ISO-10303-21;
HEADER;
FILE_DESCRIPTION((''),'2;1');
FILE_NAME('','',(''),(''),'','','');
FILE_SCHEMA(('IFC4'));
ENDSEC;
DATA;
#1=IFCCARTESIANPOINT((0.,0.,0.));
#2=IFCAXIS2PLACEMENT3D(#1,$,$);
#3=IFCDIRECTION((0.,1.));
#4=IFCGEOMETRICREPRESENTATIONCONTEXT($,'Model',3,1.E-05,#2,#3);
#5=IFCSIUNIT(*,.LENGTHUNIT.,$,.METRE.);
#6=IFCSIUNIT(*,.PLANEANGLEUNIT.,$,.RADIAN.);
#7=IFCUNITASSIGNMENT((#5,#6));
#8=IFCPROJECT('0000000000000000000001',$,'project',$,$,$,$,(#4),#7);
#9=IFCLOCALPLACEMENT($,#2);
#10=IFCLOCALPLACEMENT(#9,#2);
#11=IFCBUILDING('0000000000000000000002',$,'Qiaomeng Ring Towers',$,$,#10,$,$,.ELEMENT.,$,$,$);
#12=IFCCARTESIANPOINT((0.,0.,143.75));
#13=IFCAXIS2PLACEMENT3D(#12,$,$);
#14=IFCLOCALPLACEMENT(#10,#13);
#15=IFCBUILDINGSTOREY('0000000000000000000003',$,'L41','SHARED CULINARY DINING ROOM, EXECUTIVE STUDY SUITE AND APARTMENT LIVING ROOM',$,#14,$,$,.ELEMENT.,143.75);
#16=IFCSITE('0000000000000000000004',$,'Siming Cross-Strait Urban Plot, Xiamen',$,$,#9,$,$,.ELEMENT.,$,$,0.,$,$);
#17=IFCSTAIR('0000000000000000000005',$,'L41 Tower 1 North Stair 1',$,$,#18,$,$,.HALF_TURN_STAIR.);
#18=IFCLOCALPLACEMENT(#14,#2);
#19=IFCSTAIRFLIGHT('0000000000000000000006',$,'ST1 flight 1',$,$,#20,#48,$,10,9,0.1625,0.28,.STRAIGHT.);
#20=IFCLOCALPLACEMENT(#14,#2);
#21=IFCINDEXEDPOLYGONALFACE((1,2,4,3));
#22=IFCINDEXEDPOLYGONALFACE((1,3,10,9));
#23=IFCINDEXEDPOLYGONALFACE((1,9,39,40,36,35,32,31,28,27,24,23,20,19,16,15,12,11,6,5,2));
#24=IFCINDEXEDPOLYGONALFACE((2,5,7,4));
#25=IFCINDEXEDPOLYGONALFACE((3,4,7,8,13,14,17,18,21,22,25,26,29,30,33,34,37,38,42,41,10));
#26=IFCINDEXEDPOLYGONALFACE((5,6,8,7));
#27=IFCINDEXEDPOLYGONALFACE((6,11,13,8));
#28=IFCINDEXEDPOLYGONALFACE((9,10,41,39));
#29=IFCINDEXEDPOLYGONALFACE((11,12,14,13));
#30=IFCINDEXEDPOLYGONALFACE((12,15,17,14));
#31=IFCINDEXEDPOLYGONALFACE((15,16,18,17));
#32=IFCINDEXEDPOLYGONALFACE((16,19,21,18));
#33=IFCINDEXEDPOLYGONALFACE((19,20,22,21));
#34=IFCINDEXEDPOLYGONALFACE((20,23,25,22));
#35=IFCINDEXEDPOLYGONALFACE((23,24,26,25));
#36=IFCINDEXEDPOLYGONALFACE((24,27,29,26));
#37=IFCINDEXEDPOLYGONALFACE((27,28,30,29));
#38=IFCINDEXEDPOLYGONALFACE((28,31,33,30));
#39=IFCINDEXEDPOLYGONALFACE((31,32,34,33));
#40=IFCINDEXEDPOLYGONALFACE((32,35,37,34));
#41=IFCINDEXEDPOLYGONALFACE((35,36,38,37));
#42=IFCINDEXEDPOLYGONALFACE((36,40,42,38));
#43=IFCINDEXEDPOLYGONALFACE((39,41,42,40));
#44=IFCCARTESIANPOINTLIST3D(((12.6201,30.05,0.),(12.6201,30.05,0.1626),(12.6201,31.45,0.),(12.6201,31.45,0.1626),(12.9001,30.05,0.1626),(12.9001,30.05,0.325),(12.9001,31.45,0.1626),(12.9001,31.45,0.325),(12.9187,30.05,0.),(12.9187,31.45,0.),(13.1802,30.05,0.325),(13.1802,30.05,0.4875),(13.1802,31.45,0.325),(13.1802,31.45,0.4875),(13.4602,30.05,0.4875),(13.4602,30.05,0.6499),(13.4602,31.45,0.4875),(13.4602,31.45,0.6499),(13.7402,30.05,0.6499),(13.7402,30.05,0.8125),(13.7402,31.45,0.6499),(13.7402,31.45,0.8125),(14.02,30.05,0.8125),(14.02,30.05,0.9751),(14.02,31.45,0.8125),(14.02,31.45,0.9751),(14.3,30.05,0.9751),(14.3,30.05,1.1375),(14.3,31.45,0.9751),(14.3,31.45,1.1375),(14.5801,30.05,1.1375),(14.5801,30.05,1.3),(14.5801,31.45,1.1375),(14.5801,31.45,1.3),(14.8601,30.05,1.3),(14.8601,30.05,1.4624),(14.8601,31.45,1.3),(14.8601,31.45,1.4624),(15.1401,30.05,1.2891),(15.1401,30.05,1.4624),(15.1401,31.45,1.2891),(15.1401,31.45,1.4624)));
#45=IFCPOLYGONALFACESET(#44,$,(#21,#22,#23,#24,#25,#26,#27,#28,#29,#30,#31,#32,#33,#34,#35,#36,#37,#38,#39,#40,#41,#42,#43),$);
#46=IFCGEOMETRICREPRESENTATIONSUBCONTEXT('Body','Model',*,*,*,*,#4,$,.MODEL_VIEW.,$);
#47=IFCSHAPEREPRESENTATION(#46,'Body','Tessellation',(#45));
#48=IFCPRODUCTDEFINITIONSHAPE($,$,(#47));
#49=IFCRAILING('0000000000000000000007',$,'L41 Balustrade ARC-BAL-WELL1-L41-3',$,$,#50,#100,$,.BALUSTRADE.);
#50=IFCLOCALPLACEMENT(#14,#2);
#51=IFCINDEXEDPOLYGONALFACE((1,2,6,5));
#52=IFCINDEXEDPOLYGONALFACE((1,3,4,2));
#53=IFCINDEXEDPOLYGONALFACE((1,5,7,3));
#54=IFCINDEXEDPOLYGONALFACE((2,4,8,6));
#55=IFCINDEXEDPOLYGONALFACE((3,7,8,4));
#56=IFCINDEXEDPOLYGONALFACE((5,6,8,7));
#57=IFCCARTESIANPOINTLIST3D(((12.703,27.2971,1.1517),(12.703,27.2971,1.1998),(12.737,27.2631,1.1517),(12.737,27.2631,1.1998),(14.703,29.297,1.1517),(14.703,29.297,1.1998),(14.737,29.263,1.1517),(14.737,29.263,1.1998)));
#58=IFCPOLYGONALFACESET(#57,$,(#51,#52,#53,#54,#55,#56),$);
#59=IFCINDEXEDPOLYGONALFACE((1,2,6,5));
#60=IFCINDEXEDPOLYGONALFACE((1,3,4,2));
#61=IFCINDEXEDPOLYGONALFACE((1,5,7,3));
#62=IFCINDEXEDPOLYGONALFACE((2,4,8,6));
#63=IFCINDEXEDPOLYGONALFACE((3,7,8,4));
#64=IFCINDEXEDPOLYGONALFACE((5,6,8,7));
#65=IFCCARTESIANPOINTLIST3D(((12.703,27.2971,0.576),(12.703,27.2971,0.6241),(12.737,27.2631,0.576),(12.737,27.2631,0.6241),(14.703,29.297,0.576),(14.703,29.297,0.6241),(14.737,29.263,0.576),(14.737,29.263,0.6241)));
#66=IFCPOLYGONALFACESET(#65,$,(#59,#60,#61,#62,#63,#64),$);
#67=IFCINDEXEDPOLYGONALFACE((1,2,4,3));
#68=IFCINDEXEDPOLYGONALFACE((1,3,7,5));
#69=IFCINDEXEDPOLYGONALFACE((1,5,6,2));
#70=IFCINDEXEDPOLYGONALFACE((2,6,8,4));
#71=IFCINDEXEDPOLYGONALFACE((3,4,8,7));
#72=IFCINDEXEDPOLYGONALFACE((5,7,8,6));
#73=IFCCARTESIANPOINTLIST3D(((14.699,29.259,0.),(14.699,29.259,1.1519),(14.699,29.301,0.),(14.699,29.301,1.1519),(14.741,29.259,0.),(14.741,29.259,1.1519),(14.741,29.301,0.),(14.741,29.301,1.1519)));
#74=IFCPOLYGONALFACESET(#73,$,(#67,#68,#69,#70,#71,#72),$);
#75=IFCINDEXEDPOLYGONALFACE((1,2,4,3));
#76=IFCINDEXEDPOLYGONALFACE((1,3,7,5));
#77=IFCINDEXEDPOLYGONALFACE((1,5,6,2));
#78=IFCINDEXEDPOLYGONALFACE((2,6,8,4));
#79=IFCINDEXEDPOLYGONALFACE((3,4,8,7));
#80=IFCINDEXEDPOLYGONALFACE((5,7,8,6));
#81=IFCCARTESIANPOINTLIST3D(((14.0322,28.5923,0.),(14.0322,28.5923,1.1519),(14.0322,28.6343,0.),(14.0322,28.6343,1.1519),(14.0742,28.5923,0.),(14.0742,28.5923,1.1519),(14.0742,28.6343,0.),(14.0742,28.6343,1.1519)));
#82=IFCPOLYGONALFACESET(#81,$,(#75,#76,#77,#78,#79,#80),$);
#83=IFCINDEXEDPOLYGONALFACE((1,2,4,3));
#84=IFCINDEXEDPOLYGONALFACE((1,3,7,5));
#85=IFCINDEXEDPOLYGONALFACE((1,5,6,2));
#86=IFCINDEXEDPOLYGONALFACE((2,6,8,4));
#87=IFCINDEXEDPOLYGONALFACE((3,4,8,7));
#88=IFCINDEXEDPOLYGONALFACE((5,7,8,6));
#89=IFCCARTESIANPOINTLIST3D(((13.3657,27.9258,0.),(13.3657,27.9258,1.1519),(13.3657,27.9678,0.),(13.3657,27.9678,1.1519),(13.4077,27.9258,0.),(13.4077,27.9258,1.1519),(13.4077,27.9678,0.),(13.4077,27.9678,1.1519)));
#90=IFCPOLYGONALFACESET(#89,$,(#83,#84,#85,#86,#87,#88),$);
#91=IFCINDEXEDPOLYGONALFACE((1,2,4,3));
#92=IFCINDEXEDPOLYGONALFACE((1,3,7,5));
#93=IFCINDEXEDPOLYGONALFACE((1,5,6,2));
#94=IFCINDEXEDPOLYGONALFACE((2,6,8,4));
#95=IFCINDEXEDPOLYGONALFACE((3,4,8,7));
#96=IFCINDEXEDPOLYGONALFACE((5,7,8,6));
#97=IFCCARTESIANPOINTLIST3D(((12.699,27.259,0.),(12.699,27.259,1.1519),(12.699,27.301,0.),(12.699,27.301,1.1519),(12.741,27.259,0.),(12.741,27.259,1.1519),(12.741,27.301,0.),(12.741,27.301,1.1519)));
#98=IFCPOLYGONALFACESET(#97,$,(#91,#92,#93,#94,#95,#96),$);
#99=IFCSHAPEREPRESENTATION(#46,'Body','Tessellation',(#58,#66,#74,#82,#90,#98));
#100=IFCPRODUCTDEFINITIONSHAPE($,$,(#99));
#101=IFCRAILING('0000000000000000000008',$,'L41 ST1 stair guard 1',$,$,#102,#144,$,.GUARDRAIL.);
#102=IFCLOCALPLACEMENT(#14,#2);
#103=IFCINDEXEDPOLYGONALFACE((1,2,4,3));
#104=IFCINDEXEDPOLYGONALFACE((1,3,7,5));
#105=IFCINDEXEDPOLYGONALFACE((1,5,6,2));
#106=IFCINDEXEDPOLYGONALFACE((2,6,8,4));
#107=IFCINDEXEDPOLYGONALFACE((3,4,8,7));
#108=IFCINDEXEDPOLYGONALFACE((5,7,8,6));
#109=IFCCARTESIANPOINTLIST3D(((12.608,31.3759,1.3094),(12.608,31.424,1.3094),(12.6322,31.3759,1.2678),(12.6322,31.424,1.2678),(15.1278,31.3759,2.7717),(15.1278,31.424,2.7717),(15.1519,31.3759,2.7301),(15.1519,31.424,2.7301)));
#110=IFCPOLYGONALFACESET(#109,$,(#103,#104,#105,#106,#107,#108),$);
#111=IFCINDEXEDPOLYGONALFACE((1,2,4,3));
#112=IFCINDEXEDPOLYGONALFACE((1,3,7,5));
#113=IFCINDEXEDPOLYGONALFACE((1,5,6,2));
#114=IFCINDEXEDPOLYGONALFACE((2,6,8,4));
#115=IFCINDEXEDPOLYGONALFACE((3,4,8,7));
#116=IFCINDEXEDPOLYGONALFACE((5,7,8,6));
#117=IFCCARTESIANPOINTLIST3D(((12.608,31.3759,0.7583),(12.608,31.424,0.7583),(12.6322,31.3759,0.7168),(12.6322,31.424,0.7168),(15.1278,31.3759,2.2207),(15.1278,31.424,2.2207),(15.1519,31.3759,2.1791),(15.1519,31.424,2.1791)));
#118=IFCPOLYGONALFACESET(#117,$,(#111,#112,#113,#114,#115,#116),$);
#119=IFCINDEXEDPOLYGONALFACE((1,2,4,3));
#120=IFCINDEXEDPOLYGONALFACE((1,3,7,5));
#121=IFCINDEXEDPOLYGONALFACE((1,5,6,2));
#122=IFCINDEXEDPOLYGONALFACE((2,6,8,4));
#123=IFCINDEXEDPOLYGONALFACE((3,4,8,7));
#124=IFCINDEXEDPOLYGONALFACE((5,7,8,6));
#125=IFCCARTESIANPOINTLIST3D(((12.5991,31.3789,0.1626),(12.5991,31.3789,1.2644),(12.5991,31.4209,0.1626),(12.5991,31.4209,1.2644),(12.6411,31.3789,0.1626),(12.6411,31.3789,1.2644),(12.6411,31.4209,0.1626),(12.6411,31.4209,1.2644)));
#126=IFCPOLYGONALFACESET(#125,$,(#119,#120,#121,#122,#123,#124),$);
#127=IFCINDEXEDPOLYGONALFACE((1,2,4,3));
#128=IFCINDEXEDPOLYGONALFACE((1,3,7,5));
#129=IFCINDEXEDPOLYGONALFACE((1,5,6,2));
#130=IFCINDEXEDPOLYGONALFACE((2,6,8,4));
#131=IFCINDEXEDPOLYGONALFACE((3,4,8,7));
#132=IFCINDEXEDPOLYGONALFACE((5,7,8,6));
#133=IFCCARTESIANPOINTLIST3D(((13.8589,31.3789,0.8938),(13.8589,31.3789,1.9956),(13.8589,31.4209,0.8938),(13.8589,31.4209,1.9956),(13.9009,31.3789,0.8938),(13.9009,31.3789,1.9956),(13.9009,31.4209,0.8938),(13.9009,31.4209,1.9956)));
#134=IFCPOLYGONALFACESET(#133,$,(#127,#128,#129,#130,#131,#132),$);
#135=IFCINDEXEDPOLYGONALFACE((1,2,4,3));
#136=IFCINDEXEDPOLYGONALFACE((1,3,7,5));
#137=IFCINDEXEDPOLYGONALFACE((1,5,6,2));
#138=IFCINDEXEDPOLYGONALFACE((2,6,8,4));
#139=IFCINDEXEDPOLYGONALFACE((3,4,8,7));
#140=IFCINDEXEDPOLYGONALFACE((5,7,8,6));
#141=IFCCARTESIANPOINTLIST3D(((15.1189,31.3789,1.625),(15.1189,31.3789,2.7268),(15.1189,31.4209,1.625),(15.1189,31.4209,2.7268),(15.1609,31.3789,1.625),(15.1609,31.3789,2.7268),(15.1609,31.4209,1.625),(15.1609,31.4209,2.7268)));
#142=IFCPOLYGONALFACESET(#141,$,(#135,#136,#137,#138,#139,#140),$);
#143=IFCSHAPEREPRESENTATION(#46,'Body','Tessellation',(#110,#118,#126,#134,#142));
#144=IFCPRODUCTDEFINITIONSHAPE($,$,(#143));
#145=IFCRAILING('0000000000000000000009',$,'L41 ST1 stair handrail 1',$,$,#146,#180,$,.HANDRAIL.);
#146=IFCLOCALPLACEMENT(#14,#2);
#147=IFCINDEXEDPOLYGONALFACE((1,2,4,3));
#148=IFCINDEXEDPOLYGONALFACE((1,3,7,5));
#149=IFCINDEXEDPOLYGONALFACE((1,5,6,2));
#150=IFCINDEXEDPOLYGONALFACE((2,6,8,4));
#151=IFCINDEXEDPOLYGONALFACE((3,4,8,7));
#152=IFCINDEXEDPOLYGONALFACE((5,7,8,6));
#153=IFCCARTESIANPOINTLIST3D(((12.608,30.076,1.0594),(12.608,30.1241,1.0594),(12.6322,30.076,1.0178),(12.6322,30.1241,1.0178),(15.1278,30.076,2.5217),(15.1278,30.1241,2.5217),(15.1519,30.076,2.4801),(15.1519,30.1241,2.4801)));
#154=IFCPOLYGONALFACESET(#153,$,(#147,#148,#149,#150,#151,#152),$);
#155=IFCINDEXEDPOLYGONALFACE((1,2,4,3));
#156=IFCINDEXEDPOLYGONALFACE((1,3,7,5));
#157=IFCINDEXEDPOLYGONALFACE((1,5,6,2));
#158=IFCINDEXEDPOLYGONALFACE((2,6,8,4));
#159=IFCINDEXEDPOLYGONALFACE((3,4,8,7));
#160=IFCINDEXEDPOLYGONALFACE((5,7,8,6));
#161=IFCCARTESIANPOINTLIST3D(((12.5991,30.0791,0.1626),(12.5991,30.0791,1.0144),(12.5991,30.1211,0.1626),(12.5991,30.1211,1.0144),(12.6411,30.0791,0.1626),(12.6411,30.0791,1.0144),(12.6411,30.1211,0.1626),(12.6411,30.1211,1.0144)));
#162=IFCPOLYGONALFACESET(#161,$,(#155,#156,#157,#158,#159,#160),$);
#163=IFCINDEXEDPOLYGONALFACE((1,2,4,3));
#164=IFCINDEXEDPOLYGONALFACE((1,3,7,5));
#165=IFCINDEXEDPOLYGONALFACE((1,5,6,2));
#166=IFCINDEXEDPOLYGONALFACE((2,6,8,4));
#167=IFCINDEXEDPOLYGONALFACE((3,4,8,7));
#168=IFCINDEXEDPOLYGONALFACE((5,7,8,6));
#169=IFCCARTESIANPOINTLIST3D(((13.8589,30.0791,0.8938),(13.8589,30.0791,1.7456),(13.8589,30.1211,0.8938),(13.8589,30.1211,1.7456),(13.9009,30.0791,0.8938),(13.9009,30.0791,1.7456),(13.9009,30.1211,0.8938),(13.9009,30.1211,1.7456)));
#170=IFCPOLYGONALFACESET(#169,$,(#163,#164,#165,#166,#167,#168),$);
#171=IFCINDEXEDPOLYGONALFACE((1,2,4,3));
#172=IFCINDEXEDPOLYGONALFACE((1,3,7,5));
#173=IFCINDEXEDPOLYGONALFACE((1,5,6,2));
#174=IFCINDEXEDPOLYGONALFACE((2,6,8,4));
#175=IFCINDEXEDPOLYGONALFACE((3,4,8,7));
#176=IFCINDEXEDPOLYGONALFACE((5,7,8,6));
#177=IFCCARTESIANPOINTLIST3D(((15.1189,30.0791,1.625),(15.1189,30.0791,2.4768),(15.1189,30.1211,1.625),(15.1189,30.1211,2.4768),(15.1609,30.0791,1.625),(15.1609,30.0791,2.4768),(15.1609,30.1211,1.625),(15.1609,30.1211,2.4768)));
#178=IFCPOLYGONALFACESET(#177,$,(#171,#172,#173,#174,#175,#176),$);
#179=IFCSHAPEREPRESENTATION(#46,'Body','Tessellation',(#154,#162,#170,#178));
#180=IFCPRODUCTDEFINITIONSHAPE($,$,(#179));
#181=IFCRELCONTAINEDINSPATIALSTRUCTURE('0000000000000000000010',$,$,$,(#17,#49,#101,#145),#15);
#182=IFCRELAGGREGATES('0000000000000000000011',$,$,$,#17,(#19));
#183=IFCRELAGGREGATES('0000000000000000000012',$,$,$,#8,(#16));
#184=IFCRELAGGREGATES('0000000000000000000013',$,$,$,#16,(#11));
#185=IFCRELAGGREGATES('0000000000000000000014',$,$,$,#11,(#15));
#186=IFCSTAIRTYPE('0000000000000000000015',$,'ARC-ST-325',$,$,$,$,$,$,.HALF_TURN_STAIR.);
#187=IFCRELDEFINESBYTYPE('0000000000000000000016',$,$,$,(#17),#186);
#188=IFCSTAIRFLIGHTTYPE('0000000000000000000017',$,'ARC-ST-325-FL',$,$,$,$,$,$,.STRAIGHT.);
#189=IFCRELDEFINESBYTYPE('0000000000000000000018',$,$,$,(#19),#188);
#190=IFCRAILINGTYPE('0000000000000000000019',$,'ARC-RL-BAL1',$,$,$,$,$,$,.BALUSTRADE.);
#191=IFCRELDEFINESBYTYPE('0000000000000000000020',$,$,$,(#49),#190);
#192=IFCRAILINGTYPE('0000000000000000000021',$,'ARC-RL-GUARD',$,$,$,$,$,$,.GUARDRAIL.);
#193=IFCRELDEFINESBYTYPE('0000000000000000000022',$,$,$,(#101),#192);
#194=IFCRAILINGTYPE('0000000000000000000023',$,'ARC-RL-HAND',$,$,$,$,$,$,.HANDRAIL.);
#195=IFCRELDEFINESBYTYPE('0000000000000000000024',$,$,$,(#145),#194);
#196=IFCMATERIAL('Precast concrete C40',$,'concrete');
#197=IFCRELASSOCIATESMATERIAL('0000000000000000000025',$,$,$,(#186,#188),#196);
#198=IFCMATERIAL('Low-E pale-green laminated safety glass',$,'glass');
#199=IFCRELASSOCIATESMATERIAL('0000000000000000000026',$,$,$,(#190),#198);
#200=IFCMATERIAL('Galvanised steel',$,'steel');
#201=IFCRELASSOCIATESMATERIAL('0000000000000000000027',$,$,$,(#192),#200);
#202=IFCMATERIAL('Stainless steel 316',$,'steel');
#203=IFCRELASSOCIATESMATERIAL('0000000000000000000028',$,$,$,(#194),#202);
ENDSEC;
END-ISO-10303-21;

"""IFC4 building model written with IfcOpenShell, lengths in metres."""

from ifc_helpers import new_model, si_unit, direction, frame, origin, origin_2d, place, context, subcontext, project, spatial, polyline, rectangle, outline, extrude, source, transform, mapped, material, type_object, element, aggregate, save


model = new_model("IFC4")

# Units and contexts
model_context = context("Model", 3, precision=1e-05, world=origin(), true_north=direction((0.0, 1.0)))
body_context = subcontext(model_context, "Body", "Model", "MODEL_VIEW")
ifc_project = project(units=[si_unit("LENGTHUNIT", "METRE"), si_unit("PLANEANGLEUNIT", "RADIAN")], contexts=[model_context])

# Site, building, storey
site_placement = place(None, origin())
site = spatial("IfcSite", under=ifc_project, at=site_placement, Name="Siming Cross-Strait Urban Plot, Xiamen", CompositionType="ELEMENT", RefElevation=0.0)
building_placement = place(site_placement, origin())
building = spatial("IfcBuilding", under=site, at=building_placement, Name="Qiaomeng Ring Towers", CompositionType="ELEMENT")
storey_placement = place(building_placement, frame((0.0, 0.0, 143.75)))
storey = spatial("IfcBuildingStorey", under=building, at=storey_placement, Name="L41", Description="SHARED CULINARY DINING ROOM, EXECUTIVE STUDY SUITE AND APARTMENT LIVING ROOM", CompositionType="ELEMENT", Elevation=143.75)

# Stair, stair flight
ifc_material_1 = material(Name="Precast concrete C40", Category="concrete")
stair_type = type_object("IfcStairType", Name="ARC-ST-325", PredefinedType="HALF_TURN_STAIR", material=ifc_material_1)
stair_placement = place(storey_placement, origin())
stair = element("IfcStair", 1, at=stair_placement, inside=storey, type_object=stair_type, Name="L41 Tower 1 North Stair 1", PredefinedType="HALF_TURN_STAIR")
stair_flight_type = type_object("IfcStairFlightType", Name="ARC-ST-325-FL", PredefinedType="STRAIGHT", material=ifc_material_1)
shared_shape_1 = source(origin(), body_context, "Body", "SweptSolid", [
    extrude(outline(polyline([(0.0, 0.0), (0.0, 0.1626), (0.28, 0.1626), (0.28, 0.325), (0.5601, 0.325), (0.5601, 0.4875), (0.8401, 0.4875), (0.8401, 0.6499), (1.1201, 0.6499), (1.1201, 0.8125), (1.3999, 0.8125), (1.3999, 0.9751), (1.6799, 0.9751), (1.6799, 1.1375), (1.96, 1.1375), (1.96, 1.3), (2.24, 1.3), (2.24, 1.4624), (2.52, 1.4624), (2.52, 1.625), (2.52, 1.2891), (0.2986, 0.0), (0.0, 0.0)])), frame((0.0, 0.7, 0.0), z_axis=(0.0, -1.0, 0.0), x_axis=(1.0, 0.0, 0.0)), (0.0, 0.0, 1.0), 1.3999),
])
stair_flight_placement = place(storey_placement, frame((12.6201, 30.75, 0.0), z_axis=(0.0, 0.0, 1.0), x_axis=(1.0, 0.0, 0.0)))
stair_flight = element("IfcStairFlight", 2, at=stair_flight_placement, type_object=stair_flight_type, Name="ST1 flight 1", NumberOfRisers=10, NumberOfTreads=9, PredefinedType="STRAIGHT", RiserHeight=0.1625, TreadLength=0.28, context=body_context, shape_type="MappedRepresentation", body=[
    mapped(shared_shape_1, transform((0.0, 0.0, 0.0), x_axis=(1.0, 0.0, 0.0), y_axis=(0.0, 1.0, 0.0), z_axis=(0.0, 0.0, 1.0), scale=1.0)),
])
aggregate(stair, [stair_flight])

# Railings
ifc_material_2 = material(Name="Low-E pale-green laminated safety glass", Category="glass")
railing_type_1 = type_object("IfcRailingType", Name="ARC-RL-BAL1", PredefinedType="BALUSTRADE", material=ifc_material_2)
railing_1_placement = place(storey_placement, frame((14.72, 29.28, 0.0)))
element("IfcRailing", 3, at=railing_1_placement, inside=storey, type_object=railing_type_1, Name="L41 Balustrade ARC-BAL-WELL1-L41-3", PredefinedType="BALUSTRADE", context=body_context, shape_type="SweptSolid", body=[
    extrude(rectangle(XDim=0.0481, YDim=0.0481, at=origin_2d()), frame((0.0, 0.0, 1.1758), z_axis=(-0.707107, -0.707107, 0.0), x_axis=(0.707107, -0.707107, 0.0)), (0.0, 0.0, 1.0), 2.8284),
    extrude(rectangle(XDim=0.0481, YDim=0.0481, at=origin_2d()), frame((0.0, 0.0, 0.6001), z_axis=(-0.707107, -0.707107, 0.0), x_axis=(0.707107, -0.707107, 0.0)), (0.0, 0.0, 1.0), 2.8284),
    extrude(rectangle(XDim=0.042, YDim=0.042, at=origin_2d()), origin(), (0.0, 0.0, 1.0), 1.1519),
    extrude(rectangle(XDim=0.042, YDim=0.042, at=origin_2d()), frame((-0.6667, -0.6667, 0.0)), (0.0, 0.0, 1.0), 1.1519),
    extrude(rectangle(XDim=0.042, YDim=0.042, at=origin_2d()), frame((-1.3333, -1.3333, 0.0)), (0.0, 0.0, 1.0), 1.1519),
    extrude(rectangle(XDim=0.042, YDim=0.042, at=origin_2d()), frame((-2.0, -2.0, 0.0)), (0.0, 0.0, 1.0), 1.1519),
])
ifc_material_3 = material(Name="Galvanised steel", Category="steel")
railing_type_2 = type_object("IfcRailingType", Name="ARC-RL-GUARD", PredefinedType="GUARDRAIL", material=ifc_material_3)
railing_2_placement = place(storey_placement, frame((12.6201, 31.3999, 0.1626)))
element("IfcRailing", 4, at=railing_2_placement, inside=storey, type_object=railing_type_2, Name="L41 ST1 stair guard 1", PredefinedType="GUARDRAIL", context=body_context, shape_type="SweptSolid", body=[
    extrude(rectangle(XDim=0.0481, YDim=0.0481, at=origin_2d()), frame((0.0, 0.0, 1.126), z_axis=(0.864892, 0.0, 0.501958), x_axis=(0.0, 1.0, 0.0)), (0.0, 0.0, 1.0), 2.9133),
    extrude(rectangle(XDim=0.0481, YDim=0.0481, at=origin_2d()), frame((0.0, 0.0, 0.575), z_axis=(0.864892, 0.0, 0.501958), x_axis=(0.0, 1.0, 0.0)), (0.0, 0.0, 1.0), 2.9133),
    extrude(rectangle(XDim=0.042, YDim=0.042, at=origin_2d()), origin(), (0.0, 0.0, 1.0), 1.1018),
    extrude(rectangle(XDim=0.042, YDim=0.042, at=origin_2d()), frame((1.2598, 0.0, 0.7312)), (0.0, 0.0, 1.0), 1.1018),
    extrude(rectangle(XDim=0.042, YDim=0.042, at=origin_2d()), frame((2.5198, 0.0, 1.4624)), (0.0, 0.0, 1.0), 1.1018),
])
ifc_material_4 = material(Name="Stainless steel 316", Category="steel")
railing_type_3 = type_object("IfcRailingType", Name="ARC-RL-HAND", PredefinedType="HANDRAIL", material=ifc_material_4)
railing_3_placement = place(storey_placement, frame((12.6201, 30.1001, 0.1626)))
element("IfcRailing", 5, at=railing_3_placement, inside=storey, type_object=railing_type_3, Name="L41 ST1 stair handrail 1", PredefinedType="HANDRAIL", context=body_context, shape_type="SweptSolid", body=[
    extrude(rectangle(XDim=0.0481, YDim=0.0481, at=origin_2d()), frame((0.0, 0.0, 0.876), z_axis=(0.864892, 0.0, 0.501958), x_axis=(0.0, 1.0, 0.0)), (0.0, 0.0, 1.0), 2.9133),
    extrude(rectangle(XDim=0.042, YDim=0.042, at=origin_2d()), origin(), (0.0, 0.0, 1.0), 0.8518),
    extrude(rectangle(XDim=0.042, YDim=0.042, at=origin_2d()), frame((1.2598, 0.0, 0.7312)), (0.0, 0.0, 1.0), 0.8518),
    extrude(rectangle(XDim=0.042, YDim=0.042, at=origin_2d()), frame((2.5198, 0.0, 1.4624)), (0.0, 0.0, 1.0), 0.8518),
])

save(model, "model.ifc")
